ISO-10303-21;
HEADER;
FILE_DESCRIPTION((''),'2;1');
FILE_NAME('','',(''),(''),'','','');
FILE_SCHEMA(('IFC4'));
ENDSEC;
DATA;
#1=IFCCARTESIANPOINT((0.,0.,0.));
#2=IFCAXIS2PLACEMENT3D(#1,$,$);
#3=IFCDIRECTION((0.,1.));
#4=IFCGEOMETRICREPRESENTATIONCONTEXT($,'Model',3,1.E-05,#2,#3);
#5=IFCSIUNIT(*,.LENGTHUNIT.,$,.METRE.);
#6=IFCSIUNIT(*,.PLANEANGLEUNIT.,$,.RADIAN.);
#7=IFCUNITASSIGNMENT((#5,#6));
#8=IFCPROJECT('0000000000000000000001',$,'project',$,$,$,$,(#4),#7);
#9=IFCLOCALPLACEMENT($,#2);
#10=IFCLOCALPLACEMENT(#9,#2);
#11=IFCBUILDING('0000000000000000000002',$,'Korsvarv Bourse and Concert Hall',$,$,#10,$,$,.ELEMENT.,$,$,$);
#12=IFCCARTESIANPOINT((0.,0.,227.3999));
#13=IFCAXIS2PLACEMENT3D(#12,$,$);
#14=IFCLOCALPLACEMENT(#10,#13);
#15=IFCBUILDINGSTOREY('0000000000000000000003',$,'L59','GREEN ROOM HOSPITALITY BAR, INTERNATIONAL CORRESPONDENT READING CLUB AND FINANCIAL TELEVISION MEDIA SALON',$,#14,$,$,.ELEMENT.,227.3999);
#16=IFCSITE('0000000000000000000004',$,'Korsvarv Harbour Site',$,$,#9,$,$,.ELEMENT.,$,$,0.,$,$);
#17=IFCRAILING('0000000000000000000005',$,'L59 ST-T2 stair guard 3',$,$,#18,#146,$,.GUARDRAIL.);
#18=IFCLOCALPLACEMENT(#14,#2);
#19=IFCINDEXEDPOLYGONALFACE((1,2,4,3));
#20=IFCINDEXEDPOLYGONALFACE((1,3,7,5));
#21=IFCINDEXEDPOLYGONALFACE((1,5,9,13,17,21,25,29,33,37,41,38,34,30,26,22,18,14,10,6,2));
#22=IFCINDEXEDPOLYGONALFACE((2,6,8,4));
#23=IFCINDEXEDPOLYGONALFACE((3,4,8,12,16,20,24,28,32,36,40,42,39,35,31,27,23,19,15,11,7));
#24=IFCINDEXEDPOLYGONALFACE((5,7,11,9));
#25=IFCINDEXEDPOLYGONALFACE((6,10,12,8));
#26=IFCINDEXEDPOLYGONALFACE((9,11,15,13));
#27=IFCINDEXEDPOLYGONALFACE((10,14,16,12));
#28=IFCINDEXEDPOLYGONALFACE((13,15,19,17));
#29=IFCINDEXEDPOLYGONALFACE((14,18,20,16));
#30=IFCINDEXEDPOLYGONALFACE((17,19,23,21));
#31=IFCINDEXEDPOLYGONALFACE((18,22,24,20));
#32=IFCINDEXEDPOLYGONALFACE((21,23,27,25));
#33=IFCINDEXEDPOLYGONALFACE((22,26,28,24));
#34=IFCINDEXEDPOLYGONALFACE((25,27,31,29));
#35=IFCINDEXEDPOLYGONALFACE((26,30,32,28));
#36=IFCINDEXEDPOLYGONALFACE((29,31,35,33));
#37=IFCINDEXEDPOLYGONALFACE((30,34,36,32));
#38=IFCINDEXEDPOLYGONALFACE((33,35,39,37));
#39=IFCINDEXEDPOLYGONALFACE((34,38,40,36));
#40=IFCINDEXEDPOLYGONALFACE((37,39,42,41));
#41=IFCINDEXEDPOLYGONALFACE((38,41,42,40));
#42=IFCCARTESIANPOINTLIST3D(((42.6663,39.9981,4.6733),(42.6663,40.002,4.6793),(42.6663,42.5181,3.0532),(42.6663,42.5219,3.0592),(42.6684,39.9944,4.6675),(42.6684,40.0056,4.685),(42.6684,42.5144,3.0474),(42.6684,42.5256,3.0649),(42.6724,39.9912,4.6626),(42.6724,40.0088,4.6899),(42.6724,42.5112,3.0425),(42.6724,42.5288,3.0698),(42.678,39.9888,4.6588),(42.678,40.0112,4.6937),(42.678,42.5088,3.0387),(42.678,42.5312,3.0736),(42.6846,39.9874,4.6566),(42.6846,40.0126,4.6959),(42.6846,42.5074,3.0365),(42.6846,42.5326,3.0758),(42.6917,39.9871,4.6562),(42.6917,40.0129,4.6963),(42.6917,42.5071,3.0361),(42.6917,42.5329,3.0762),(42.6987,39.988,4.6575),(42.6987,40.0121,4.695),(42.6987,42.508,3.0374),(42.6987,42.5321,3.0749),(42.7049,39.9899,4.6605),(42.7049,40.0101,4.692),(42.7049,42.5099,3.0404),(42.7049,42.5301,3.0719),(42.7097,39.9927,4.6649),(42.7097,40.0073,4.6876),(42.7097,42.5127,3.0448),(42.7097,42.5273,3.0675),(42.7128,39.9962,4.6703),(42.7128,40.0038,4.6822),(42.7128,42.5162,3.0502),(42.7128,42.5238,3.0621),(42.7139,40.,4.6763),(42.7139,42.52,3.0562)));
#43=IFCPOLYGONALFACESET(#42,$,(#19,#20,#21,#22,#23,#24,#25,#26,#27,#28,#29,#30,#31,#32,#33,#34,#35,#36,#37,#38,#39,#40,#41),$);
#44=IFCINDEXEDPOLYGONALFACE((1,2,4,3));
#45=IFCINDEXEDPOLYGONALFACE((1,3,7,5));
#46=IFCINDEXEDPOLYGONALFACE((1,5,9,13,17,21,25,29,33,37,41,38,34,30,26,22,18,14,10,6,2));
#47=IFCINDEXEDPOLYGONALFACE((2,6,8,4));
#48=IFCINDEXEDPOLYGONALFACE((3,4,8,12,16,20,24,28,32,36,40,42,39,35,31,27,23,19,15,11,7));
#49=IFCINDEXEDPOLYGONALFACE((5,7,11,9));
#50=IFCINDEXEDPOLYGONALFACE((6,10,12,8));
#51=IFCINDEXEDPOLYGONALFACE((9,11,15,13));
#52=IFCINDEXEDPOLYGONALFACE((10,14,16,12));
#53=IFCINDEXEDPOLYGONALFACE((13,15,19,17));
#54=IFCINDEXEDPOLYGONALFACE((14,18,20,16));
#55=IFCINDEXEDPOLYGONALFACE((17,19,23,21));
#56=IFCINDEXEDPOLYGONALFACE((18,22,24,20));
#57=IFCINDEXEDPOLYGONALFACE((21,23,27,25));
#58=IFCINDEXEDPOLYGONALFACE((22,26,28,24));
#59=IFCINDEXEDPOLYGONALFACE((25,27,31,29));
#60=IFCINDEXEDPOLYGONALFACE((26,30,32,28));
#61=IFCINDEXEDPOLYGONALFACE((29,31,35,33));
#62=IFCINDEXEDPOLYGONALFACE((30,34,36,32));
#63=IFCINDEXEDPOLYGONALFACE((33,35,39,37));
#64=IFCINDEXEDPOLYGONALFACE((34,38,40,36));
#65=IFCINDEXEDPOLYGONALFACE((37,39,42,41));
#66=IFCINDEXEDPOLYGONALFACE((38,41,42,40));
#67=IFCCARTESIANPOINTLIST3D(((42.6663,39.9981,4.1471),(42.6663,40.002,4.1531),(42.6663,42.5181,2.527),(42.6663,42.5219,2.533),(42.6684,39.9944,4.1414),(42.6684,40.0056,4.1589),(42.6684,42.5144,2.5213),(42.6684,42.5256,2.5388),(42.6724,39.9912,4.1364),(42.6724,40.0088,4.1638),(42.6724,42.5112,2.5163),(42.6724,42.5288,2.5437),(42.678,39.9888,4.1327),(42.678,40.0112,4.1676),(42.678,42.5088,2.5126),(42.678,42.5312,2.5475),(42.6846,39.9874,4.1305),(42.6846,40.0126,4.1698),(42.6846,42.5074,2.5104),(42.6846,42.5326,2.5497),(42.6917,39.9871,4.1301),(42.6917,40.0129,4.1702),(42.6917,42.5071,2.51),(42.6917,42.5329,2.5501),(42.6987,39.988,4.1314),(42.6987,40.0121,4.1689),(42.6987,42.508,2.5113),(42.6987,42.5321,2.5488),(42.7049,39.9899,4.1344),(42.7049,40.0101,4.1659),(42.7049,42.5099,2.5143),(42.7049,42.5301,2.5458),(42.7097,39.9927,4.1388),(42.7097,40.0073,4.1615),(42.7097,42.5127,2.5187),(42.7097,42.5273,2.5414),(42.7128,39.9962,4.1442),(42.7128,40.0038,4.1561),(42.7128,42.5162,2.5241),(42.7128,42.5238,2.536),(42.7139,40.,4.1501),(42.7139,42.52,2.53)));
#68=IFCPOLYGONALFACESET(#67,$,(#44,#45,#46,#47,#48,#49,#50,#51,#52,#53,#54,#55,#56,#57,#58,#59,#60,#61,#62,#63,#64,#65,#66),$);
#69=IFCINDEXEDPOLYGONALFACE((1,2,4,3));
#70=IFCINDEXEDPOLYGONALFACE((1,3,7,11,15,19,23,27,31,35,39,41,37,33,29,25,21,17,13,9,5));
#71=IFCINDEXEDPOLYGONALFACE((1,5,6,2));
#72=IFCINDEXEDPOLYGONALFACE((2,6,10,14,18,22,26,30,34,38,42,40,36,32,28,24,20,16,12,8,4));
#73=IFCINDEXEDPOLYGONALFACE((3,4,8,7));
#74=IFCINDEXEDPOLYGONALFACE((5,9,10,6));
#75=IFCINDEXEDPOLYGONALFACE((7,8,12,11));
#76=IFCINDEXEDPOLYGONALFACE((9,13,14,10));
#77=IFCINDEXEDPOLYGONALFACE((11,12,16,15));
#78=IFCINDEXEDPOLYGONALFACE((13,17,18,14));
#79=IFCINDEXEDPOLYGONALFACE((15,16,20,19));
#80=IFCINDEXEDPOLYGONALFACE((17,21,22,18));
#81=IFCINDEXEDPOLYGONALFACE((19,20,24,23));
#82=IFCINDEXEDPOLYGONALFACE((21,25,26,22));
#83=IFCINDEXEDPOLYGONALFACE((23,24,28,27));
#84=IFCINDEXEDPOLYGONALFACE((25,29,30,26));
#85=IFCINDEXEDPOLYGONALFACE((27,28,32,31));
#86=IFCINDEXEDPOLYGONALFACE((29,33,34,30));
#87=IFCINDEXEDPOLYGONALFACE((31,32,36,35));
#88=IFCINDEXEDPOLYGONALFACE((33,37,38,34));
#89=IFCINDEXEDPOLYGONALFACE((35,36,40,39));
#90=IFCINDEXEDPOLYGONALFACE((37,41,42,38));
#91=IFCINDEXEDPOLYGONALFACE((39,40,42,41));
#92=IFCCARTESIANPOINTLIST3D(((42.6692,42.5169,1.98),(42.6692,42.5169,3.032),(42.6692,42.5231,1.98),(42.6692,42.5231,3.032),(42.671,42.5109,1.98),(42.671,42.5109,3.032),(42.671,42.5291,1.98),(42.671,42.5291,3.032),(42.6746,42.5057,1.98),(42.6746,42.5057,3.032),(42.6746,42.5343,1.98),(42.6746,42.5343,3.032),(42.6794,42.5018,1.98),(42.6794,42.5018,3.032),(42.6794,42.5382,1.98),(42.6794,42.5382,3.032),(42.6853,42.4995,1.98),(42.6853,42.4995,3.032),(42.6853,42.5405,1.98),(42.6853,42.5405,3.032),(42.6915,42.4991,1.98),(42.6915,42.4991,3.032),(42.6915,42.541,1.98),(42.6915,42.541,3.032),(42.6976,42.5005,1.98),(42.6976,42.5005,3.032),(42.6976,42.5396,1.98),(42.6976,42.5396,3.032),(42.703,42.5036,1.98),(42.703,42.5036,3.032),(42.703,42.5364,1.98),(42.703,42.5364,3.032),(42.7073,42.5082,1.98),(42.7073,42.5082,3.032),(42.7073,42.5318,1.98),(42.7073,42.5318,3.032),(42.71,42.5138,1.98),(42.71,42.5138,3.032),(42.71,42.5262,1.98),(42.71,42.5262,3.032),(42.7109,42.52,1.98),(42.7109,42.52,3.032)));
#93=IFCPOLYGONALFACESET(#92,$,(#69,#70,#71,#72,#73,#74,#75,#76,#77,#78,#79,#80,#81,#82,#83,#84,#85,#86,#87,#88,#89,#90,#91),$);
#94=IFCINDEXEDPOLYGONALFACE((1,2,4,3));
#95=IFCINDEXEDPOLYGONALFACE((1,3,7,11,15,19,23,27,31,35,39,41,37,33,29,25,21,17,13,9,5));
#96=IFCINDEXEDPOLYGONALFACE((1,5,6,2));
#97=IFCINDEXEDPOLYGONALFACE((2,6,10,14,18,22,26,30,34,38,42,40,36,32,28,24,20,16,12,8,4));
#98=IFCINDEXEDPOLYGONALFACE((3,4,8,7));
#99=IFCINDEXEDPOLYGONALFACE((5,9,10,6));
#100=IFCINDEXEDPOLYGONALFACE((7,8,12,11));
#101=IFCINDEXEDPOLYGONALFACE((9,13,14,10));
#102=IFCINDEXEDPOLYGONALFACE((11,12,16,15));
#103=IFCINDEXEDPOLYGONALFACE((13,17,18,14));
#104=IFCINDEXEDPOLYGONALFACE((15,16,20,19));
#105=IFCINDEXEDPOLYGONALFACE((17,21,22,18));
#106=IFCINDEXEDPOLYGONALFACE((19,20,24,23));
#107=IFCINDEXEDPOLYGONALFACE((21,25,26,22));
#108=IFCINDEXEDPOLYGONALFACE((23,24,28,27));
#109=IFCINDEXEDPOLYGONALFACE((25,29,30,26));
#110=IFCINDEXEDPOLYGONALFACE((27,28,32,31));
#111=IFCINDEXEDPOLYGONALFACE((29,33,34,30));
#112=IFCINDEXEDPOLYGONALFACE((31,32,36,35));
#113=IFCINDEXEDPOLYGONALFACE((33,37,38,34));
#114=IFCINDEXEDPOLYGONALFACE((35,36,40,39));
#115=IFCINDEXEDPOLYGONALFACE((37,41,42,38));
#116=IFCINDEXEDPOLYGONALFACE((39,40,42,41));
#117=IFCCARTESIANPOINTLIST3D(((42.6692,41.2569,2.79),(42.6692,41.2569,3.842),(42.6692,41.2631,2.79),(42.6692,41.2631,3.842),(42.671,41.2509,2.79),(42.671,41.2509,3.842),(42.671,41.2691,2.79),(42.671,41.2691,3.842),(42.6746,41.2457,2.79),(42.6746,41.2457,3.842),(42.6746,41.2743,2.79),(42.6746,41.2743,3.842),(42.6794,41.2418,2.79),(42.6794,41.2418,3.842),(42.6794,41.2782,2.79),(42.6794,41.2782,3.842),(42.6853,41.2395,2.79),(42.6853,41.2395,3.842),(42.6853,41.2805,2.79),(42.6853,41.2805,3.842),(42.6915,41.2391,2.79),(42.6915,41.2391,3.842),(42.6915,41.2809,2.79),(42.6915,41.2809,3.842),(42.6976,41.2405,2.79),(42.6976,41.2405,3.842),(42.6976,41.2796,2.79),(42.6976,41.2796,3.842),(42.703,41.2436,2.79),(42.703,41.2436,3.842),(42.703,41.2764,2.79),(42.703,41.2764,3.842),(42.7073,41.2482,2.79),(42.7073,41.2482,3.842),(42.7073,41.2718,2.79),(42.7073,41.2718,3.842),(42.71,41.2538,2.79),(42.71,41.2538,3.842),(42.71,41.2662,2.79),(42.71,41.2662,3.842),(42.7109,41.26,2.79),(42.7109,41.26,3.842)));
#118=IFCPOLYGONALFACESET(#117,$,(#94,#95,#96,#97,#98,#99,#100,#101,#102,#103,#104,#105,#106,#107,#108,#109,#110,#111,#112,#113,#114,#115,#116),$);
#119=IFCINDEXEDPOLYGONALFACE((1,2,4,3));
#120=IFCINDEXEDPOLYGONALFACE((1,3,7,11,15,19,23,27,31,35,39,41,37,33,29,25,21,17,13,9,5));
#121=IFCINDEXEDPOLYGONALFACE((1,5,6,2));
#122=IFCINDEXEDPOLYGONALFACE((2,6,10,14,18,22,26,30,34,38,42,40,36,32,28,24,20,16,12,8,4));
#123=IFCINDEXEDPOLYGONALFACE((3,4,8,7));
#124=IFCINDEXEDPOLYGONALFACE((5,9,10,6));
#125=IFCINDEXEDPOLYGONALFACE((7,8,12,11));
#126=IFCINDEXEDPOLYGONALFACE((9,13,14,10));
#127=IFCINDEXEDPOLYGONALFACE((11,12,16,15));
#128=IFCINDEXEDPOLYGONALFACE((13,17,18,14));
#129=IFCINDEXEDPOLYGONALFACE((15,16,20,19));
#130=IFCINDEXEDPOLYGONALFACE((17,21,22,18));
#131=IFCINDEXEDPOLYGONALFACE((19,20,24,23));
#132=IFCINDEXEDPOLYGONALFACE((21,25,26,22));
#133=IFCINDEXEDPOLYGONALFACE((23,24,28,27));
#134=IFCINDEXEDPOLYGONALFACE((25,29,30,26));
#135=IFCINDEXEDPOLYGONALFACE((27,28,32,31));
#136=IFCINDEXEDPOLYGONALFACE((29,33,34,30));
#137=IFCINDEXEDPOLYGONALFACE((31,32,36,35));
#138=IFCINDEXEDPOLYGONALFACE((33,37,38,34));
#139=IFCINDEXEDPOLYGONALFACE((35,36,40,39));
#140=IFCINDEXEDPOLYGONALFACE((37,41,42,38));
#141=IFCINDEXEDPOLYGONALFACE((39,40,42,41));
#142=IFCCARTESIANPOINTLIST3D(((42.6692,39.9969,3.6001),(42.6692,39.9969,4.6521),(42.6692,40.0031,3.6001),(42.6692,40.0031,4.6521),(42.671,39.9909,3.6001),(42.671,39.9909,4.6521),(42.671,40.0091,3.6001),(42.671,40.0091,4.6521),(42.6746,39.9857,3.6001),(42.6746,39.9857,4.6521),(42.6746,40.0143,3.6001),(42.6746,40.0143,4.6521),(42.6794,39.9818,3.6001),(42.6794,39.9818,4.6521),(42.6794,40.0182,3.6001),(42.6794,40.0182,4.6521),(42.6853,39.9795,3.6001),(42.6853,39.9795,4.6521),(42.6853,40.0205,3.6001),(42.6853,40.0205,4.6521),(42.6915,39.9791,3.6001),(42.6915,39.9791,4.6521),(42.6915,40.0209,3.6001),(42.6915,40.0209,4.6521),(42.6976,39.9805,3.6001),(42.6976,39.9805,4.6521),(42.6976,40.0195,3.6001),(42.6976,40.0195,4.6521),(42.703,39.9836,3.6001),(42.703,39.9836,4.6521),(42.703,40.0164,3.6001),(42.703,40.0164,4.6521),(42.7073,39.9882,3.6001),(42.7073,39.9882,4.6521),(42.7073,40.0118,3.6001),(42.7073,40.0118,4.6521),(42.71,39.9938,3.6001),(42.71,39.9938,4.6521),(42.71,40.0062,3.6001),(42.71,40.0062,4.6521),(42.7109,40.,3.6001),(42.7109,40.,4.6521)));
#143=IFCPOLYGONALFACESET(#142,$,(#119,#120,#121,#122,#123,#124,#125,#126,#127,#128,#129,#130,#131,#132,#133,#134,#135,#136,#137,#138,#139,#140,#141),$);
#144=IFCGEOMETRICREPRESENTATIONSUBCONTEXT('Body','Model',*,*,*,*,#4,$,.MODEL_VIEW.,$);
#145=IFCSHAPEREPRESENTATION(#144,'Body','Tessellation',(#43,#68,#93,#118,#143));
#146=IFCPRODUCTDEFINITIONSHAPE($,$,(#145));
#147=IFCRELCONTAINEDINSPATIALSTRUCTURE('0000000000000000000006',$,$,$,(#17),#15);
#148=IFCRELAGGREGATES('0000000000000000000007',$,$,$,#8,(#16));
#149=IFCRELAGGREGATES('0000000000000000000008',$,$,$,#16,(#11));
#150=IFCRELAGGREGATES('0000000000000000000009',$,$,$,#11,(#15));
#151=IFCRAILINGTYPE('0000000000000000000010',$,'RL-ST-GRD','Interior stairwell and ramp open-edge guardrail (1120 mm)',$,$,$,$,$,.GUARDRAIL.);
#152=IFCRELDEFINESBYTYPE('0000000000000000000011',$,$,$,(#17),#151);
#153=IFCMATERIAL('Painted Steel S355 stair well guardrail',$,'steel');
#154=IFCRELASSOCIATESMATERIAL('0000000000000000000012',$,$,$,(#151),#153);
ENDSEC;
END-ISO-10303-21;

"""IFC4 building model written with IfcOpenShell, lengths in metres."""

from ifc_helpers import new_model, si_unit, direction, frame, origin, origin_2d, place, context, subcontext, project, spatial, circle, extrude, material, type_object, element, save


model = new_model("IFC4")

# Units and contexts
model_context = context("Model", 3, precision=1e-05, world=origin(), true_north=direction((0.0, 1.0)))
body_context = subcontext(model_context, "Body", "Model", "MODEL_VIEW")
ifc_project = project(units=[si_unit("LENGTHUNIT", "METRE"), si_unit("PLANEANGLEUNIT", "RADIAN")], contexts=[model_context])

# Site, building, storey
site_placement = place(None, origin())
site = spatial("IfcSite", under=ifc_project, at=site_placement, Name="Korsvarv Harbour Site", CompositionType="ELEMENT", RefElevation=0.0)
building_placement = place(site_placement, origin())
building = spatial("IfcBuilding", under=site, at=building_placement, Name="Korsvarv Bourse and Concert Hall", CompositionType="ELEMENT")
storey_placement = place(building_placement, frame((0.0, 0.0, 227.3999)))
storey = spatial("IfcBuildingStorey", under=building, at=storey_placement, Name="L59", Description="GREEN ROOM HOSPITALITY BAR, INTERNATIONAL CORRESPONDENT READING CLUB AND FINANCIAL TELEVISION MEDIA SALON", CompositionType="ELEMENT", Elevation=227.3999)

# Railing
ifc_material_1 = material(Name="Painted Steel S355 stair well guardrail", Category="steel")
railing_type_1 = type_object("IfcRailingType", Name="RL-ST-GRD", Description="Interior stairwell and ramp open-edge guardrail (1120 mm)", PredefinedType="GUARDRAIL", material=ifc_material_1)
railing_1_placement = place(storey_placement, frame((42.6899, 42.52, 1.98)))
element("IfcRailing", 1, at=railing_1_placement, inside=storey, type_object=railing_type_1, Name="L59 ST-T2 stair guard 3", PredefinedType="GUARDRAIL", context=body_context, shape_type="SweptSolid", body=[
    extrude(circle(Radius=0.0239, at=origin_2d()), frame((0.0, 0.0, 1.0762), z_axis=(0.0, -0.841163, 0.540782), x_axis=(1.0, 0.0, 0.0)), (0.0, 0.0, 1.0), 2.9958),
    extrude(circle(Radius=0.0239, at=origin_2d()), frame((0.0, 0.0, 0.55), z_axis=(0.0, -0.841163, 0.540782), x_axis=(1.0, 0.0, 0.0)), (0.0, 0.0, 1.0), 2.9958),
    extrude(circle(Radius=0.021, at=origin_2d()), origin(), (0.0, 0.0, 1.0), 1.052),
    extrude(circle(Radius=0.021, at=origin_2d()), frame((0.0, -1.26, 0.8101)), (0.0, 0.0, 1.0), 1.052),
    extrude(circle(Radius=0.021, at=origin_2d()), frame((0.0, -2.52, 1.6201)), (0.0, 0.0, 1.0), 1.052),
])

save(model, "model.ifc")
